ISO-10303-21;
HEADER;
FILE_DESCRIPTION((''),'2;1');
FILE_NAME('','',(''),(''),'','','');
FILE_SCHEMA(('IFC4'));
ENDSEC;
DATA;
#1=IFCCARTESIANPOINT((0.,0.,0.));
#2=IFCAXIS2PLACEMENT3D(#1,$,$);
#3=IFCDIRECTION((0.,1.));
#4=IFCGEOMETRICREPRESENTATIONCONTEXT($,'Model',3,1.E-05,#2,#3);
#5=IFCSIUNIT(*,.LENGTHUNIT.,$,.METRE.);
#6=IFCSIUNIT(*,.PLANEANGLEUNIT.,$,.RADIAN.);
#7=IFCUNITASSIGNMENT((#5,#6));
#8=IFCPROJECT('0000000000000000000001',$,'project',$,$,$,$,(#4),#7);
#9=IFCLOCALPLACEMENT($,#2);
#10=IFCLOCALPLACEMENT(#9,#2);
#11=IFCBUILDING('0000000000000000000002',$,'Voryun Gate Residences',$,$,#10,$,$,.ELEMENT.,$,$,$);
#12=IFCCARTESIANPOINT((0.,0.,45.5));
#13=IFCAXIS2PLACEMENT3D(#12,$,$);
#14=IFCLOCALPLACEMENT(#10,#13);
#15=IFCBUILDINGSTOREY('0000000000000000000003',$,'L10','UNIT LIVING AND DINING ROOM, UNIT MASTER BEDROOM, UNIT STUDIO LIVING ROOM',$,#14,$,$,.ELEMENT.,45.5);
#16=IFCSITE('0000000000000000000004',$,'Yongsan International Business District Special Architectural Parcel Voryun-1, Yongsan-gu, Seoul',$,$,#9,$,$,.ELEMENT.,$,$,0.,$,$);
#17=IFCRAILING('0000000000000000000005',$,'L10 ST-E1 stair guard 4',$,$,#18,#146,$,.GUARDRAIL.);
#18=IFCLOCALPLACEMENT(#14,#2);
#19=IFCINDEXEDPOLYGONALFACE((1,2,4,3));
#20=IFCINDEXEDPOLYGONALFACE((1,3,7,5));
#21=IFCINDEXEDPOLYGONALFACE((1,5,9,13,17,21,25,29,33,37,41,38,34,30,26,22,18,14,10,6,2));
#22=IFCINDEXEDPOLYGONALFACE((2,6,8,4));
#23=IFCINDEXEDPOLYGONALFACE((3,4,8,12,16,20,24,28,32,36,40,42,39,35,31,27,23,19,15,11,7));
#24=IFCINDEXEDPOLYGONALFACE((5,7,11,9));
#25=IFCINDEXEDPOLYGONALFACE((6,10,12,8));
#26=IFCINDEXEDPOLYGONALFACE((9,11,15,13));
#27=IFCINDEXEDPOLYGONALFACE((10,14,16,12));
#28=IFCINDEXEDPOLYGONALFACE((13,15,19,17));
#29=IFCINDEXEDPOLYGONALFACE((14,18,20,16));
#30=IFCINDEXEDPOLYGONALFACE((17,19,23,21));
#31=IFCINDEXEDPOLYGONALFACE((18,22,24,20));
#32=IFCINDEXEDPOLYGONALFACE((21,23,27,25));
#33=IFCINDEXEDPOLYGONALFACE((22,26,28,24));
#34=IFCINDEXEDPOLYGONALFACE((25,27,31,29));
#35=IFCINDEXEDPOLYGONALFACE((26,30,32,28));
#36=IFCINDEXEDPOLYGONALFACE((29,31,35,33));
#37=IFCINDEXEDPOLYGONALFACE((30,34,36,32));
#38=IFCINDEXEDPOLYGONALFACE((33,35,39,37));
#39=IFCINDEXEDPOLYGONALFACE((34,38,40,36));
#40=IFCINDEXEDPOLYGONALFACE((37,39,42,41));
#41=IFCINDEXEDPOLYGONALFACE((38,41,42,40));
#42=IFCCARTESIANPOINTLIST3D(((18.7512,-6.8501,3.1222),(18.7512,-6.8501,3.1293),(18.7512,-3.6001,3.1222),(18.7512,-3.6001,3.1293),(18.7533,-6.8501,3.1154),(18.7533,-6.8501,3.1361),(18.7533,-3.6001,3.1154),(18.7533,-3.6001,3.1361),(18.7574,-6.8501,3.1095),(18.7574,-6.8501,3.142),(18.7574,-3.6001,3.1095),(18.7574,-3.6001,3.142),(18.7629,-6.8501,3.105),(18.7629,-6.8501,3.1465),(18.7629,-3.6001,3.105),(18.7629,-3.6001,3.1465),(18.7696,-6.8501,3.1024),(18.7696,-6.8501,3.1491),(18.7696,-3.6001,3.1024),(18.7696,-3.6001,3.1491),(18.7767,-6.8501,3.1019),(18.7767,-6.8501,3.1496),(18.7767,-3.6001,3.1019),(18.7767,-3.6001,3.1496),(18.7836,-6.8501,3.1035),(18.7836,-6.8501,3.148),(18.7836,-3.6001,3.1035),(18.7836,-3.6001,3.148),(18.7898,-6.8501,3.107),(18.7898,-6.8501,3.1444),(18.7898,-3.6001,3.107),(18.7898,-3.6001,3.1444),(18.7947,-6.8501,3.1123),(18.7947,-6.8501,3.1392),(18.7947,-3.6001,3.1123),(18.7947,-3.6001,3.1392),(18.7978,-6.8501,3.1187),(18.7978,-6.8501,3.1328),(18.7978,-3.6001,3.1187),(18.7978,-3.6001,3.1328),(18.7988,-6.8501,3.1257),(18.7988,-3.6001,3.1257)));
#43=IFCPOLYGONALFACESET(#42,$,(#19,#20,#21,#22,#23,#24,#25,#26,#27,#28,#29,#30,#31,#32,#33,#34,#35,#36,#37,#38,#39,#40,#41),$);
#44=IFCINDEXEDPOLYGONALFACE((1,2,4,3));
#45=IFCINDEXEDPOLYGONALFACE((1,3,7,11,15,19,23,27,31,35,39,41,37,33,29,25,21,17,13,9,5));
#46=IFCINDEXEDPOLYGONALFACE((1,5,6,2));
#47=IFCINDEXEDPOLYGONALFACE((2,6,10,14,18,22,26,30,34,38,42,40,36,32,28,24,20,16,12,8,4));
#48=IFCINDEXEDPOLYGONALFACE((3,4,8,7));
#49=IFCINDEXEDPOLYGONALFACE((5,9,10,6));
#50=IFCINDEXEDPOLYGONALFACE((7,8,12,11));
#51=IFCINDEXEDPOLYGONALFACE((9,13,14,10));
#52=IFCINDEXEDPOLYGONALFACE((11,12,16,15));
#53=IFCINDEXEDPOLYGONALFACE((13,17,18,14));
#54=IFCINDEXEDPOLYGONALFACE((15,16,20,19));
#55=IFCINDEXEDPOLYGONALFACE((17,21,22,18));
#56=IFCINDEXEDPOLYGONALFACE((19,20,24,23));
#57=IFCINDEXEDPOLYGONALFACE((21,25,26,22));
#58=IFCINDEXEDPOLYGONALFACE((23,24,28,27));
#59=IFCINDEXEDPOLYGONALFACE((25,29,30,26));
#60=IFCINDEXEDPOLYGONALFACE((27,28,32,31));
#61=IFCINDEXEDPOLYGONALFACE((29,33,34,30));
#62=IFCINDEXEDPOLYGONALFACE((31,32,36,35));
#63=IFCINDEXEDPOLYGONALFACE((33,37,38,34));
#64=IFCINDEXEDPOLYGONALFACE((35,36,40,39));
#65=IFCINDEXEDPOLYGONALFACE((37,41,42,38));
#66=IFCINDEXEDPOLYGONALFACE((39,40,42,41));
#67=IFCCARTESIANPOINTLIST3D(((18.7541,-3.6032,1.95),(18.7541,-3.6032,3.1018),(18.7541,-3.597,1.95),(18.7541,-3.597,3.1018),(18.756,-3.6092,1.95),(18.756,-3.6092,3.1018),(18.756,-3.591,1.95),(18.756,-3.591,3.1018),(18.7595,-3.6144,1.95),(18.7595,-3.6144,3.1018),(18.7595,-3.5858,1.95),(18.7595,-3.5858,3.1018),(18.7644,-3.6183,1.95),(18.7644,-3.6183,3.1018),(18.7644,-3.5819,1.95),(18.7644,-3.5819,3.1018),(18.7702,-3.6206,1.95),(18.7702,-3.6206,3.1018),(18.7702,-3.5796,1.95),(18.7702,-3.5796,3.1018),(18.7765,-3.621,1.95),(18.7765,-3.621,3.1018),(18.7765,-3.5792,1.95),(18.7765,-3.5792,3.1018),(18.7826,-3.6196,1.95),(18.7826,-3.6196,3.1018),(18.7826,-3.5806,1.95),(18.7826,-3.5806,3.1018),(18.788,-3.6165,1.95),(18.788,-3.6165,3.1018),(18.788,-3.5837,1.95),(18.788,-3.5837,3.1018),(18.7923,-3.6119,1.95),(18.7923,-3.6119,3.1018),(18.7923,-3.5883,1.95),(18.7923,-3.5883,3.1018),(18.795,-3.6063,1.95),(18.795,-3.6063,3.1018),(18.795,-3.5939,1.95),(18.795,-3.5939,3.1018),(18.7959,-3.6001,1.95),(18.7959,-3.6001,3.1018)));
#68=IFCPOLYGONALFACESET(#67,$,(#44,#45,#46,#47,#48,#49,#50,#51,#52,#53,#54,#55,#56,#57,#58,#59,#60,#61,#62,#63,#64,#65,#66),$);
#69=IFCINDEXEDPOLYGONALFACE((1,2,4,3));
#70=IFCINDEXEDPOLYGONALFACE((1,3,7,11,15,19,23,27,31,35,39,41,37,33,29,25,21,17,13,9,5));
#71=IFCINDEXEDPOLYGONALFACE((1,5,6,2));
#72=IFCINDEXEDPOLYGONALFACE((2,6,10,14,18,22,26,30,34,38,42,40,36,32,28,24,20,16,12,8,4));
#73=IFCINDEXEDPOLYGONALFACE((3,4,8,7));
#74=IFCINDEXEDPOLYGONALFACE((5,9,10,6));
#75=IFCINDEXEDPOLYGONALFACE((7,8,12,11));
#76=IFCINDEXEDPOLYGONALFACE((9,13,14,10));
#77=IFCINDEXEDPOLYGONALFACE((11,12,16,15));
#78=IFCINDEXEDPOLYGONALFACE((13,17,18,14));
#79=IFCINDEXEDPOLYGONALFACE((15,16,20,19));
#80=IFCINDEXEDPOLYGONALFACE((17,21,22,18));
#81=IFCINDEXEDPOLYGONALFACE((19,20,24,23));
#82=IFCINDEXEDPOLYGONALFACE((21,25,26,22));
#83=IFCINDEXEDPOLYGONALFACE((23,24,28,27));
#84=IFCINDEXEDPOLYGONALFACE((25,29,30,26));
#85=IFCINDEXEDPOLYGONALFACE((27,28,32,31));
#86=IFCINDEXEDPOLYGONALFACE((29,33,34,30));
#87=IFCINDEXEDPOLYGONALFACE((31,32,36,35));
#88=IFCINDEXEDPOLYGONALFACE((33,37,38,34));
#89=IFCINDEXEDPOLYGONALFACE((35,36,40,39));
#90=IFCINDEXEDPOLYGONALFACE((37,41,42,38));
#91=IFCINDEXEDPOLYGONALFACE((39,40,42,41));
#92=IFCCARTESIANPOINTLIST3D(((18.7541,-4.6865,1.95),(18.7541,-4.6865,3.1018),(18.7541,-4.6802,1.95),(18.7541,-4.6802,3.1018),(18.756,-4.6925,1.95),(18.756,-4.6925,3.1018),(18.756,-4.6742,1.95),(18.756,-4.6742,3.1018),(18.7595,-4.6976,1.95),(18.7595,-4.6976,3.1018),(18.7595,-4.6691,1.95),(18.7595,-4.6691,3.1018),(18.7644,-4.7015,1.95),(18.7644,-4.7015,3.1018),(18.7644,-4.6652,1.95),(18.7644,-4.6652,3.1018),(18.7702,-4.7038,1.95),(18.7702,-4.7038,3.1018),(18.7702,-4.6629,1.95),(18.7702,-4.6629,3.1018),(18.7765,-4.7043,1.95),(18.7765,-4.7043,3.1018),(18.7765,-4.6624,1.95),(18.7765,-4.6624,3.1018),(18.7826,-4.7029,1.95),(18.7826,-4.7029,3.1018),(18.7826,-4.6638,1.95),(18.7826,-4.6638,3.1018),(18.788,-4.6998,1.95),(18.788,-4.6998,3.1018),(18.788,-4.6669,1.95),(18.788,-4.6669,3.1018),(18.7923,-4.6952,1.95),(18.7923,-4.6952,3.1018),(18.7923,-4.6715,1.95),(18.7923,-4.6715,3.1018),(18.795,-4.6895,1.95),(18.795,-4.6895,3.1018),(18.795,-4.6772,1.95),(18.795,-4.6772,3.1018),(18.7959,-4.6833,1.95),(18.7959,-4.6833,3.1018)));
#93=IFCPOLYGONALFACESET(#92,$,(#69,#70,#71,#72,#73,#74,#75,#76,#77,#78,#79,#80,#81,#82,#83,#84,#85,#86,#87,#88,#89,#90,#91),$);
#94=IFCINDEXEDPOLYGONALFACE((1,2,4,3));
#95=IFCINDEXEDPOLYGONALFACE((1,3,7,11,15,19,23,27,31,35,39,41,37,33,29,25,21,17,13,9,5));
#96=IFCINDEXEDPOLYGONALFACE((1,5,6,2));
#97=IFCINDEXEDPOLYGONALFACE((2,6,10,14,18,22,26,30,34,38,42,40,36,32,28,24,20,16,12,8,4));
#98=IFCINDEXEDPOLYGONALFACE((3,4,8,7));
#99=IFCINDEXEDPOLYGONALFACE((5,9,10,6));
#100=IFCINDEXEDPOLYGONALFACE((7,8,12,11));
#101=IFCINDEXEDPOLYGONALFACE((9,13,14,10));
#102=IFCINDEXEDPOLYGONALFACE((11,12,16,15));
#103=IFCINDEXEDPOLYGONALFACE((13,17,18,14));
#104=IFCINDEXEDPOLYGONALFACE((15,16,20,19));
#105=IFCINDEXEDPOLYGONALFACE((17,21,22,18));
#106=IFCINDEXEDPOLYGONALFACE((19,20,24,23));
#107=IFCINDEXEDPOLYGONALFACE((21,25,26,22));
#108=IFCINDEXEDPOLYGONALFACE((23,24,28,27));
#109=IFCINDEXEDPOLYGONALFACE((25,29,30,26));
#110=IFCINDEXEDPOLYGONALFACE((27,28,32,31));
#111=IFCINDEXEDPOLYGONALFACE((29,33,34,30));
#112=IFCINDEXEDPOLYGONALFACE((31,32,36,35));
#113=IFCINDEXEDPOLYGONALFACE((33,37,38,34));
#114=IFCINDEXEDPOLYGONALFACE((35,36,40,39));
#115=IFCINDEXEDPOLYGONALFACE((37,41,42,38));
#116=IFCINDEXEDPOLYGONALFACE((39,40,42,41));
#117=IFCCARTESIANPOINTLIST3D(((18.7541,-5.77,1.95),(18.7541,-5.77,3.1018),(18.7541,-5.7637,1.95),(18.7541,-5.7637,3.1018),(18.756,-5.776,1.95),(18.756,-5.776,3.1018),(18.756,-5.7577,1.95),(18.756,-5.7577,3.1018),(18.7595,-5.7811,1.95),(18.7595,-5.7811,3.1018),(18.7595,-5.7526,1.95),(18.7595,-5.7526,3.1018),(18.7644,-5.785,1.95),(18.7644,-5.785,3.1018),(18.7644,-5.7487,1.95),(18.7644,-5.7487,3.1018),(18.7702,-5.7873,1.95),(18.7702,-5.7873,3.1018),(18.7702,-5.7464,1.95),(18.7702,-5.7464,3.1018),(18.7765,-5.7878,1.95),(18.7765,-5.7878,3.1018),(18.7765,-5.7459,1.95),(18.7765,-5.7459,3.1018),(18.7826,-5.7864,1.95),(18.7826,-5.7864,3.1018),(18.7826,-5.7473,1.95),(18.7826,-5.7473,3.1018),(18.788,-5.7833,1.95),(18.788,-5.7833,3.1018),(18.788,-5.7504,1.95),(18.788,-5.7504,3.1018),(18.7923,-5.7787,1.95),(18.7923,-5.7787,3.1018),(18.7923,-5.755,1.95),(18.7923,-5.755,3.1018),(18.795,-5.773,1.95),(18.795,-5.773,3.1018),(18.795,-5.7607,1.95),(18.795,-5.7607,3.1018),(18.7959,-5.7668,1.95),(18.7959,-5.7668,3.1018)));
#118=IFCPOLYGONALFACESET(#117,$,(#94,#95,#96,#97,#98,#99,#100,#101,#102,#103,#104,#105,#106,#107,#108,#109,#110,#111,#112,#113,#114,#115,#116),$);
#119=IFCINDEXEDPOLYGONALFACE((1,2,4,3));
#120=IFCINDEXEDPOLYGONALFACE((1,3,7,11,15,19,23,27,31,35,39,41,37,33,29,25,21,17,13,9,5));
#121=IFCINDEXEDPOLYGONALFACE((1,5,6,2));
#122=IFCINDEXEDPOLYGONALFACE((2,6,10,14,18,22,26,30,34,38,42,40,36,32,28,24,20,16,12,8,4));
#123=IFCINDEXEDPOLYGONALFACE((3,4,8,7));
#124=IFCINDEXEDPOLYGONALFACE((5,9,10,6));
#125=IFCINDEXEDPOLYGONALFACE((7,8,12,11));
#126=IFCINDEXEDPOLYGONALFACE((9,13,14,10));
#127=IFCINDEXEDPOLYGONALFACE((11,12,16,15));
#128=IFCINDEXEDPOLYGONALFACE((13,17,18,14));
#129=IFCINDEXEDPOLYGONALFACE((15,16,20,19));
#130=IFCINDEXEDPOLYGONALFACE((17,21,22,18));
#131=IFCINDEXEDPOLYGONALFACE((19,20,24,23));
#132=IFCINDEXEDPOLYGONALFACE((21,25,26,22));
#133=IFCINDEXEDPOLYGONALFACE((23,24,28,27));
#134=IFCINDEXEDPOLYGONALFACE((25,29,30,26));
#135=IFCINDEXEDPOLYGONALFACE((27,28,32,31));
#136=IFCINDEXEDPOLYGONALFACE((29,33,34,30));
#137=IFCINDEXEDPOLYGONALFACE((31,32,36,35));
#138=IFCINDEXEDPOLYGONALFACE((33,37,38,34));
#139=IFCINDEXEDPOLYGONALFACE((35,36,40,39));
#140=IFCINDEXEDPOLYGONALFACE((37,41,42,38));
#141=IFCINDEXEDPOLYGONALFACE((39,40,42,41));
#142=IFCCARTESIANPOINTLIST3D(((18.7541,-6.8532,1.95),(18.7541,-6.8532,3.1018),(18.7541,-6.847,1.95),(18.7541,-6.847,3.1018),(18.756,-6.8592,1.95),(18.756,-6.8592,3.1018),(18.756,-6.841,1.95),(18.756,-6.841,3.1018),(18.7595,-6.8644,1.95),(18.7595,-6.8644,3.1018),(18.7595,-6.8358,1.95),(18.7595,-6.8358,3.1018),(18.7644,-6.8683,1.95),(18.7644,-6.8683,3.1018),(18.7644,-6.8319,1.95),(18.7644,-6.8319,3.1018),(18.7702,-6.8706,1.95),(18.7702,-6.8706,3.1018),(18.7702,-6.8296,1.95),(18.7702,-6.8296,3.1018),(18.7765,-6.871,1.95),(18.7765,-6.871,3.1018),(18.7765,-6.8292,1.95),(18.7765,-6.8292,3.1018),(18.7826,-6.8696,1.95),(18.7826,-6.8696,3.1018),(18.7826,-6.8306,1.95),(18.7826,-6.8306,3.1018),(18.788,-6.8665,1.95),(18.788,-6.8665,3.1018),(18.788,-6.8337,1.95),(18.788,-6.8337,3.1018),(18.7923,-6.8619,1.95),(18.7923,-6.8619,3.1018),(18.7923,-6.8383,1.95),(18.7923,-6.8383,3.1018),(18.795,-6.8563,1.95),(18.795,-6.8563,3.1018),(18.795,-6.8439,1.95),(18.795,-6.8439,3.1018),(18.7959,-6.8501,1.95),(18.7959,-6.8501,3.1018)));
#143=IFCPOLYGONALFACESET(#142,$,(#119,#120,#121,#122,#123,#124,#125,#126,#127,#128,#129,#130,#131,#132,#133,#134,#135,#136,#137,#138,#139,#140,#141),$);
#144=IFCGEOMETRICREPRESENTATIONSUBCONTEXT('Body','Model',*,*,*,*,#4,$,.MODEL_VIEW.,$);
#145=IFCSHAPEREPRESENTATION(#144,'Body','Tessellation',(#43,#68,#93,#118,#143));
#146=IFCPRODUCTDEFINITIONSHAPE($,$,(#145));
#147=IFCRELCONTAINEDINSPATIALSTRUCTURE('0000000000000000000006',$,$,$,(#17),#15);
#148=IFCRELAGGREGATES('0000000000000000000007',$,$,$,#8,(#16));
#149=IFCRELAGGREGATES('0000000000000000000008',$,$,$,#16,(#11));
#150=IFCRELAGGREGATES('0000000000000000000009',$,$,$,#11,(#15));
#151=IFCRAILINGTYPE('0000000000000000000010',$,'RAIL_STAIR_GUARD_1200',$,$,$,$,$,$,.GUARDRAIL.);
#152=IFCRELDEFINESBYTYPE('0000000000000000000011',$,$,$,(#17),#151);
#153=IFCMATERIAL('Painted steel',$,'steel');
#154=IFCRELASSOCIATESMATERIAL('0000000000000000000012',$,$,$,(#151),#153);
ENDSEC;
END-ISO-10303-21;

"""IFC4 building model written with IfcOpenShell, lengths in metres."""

from ifc_helpers import new_model, si_unit, direction, frame, origin, origin_2d, place, context, subcontext, project, spatial, circle, extrude, material, type_object, element, save


model = new_model("IFC4")

# Units and contexts
model_context = context("Model", 3, precision=1e-05, world=origin(), true_north=direction((0.0, 1.0)))
body_context = subcontext(model_context, "Body", "Model", "MODEL_VIEW")
ifc_project = project(units=[si_unit("LENGTHUNIT", "METRE"), si_unit("PLANEANGLEUNIT", "RADIAN")], contexts=[model_context])

# Site, building, storey
site_placement = place(None, origin())
site = spatial("IfcSite", under=ifc_project, at=site_placement, Name="Yongsan International Business District Special Architectural Parcel Voryun-1, Yongsan-gu, Seoul", CompositionType="ELEMENT", RefElevation=0.0)
building_placement = place(site_placement, origin())
building = spatial("IfcBuilding", under=site, at=building_placement, Name="Voryun Gate Residences", CompositionType="ELEMENT")
storey_placement = place(building_placement, frame((0.0, 0.0, 45.5)))
storey = spatial("IfcBuildingStorey", under=building, at=storey_placement, Name="L10", Description="UNIT LIVING AND DINING ROOM, UNIT MASTER BEDROOM, UNIT STUDIO LIVING ROOM", CompositionType="ELEMENT", Elevation=45.5)

# Railing
ifc_material_1 = material(Name="Painted steel", Category="steel")
railing_type_1 = type_object("IfcRailingType", Name="RAIL_STAIR_GUARD_1200", PredefinedType="GUARDRAIL", material=ifc_material_1)
for number, where, name in (
    (1, (18.7749, -3.6001, 1.95), "L10 ST-E1 stair guard 4"),
):
    element("IfcRailing", number, at=place(storey_placement, frame(where)), inside=storey, type_object=railing_type_1, Name=name, PredefinedType="GUARDRAIL", context=body_context, shape_type="SweptSolid", body=[
        extrude(circle(Radius=0.0239, at=origin_2d()), frame((0.0, 0.0, 1.1758), z_axis=(0.0, -1.0, 0.0), x_axis=(1.0, 0.0, 0.0)), (0.0, 0.0, 1.0), 3.25),
        extrude(circle(Radius=0.021, at=origin_2d()), origin(), (0.0, 0.0, 1.0), 1.1519),
        extrude(circle(Radius=0.021, at=origin_2d()), frame((0.0, -1.0833, 0.0)), (0.0, 0.0, 1.0), 1.1519),
        extrude(circle(Radius=0.021, at=origin_2d()), frame((0.0, -2.1667, 0.0)), (0.0, 0.0, 1.0), 1.1519),
        extrude(circle(Radius=0.021, at=origin_2d()), frame((0.0, -3.25, 0.0)), (0.0, 0.0, 1.0), 1.1519),
    ])

save(model, "model.ifc")
